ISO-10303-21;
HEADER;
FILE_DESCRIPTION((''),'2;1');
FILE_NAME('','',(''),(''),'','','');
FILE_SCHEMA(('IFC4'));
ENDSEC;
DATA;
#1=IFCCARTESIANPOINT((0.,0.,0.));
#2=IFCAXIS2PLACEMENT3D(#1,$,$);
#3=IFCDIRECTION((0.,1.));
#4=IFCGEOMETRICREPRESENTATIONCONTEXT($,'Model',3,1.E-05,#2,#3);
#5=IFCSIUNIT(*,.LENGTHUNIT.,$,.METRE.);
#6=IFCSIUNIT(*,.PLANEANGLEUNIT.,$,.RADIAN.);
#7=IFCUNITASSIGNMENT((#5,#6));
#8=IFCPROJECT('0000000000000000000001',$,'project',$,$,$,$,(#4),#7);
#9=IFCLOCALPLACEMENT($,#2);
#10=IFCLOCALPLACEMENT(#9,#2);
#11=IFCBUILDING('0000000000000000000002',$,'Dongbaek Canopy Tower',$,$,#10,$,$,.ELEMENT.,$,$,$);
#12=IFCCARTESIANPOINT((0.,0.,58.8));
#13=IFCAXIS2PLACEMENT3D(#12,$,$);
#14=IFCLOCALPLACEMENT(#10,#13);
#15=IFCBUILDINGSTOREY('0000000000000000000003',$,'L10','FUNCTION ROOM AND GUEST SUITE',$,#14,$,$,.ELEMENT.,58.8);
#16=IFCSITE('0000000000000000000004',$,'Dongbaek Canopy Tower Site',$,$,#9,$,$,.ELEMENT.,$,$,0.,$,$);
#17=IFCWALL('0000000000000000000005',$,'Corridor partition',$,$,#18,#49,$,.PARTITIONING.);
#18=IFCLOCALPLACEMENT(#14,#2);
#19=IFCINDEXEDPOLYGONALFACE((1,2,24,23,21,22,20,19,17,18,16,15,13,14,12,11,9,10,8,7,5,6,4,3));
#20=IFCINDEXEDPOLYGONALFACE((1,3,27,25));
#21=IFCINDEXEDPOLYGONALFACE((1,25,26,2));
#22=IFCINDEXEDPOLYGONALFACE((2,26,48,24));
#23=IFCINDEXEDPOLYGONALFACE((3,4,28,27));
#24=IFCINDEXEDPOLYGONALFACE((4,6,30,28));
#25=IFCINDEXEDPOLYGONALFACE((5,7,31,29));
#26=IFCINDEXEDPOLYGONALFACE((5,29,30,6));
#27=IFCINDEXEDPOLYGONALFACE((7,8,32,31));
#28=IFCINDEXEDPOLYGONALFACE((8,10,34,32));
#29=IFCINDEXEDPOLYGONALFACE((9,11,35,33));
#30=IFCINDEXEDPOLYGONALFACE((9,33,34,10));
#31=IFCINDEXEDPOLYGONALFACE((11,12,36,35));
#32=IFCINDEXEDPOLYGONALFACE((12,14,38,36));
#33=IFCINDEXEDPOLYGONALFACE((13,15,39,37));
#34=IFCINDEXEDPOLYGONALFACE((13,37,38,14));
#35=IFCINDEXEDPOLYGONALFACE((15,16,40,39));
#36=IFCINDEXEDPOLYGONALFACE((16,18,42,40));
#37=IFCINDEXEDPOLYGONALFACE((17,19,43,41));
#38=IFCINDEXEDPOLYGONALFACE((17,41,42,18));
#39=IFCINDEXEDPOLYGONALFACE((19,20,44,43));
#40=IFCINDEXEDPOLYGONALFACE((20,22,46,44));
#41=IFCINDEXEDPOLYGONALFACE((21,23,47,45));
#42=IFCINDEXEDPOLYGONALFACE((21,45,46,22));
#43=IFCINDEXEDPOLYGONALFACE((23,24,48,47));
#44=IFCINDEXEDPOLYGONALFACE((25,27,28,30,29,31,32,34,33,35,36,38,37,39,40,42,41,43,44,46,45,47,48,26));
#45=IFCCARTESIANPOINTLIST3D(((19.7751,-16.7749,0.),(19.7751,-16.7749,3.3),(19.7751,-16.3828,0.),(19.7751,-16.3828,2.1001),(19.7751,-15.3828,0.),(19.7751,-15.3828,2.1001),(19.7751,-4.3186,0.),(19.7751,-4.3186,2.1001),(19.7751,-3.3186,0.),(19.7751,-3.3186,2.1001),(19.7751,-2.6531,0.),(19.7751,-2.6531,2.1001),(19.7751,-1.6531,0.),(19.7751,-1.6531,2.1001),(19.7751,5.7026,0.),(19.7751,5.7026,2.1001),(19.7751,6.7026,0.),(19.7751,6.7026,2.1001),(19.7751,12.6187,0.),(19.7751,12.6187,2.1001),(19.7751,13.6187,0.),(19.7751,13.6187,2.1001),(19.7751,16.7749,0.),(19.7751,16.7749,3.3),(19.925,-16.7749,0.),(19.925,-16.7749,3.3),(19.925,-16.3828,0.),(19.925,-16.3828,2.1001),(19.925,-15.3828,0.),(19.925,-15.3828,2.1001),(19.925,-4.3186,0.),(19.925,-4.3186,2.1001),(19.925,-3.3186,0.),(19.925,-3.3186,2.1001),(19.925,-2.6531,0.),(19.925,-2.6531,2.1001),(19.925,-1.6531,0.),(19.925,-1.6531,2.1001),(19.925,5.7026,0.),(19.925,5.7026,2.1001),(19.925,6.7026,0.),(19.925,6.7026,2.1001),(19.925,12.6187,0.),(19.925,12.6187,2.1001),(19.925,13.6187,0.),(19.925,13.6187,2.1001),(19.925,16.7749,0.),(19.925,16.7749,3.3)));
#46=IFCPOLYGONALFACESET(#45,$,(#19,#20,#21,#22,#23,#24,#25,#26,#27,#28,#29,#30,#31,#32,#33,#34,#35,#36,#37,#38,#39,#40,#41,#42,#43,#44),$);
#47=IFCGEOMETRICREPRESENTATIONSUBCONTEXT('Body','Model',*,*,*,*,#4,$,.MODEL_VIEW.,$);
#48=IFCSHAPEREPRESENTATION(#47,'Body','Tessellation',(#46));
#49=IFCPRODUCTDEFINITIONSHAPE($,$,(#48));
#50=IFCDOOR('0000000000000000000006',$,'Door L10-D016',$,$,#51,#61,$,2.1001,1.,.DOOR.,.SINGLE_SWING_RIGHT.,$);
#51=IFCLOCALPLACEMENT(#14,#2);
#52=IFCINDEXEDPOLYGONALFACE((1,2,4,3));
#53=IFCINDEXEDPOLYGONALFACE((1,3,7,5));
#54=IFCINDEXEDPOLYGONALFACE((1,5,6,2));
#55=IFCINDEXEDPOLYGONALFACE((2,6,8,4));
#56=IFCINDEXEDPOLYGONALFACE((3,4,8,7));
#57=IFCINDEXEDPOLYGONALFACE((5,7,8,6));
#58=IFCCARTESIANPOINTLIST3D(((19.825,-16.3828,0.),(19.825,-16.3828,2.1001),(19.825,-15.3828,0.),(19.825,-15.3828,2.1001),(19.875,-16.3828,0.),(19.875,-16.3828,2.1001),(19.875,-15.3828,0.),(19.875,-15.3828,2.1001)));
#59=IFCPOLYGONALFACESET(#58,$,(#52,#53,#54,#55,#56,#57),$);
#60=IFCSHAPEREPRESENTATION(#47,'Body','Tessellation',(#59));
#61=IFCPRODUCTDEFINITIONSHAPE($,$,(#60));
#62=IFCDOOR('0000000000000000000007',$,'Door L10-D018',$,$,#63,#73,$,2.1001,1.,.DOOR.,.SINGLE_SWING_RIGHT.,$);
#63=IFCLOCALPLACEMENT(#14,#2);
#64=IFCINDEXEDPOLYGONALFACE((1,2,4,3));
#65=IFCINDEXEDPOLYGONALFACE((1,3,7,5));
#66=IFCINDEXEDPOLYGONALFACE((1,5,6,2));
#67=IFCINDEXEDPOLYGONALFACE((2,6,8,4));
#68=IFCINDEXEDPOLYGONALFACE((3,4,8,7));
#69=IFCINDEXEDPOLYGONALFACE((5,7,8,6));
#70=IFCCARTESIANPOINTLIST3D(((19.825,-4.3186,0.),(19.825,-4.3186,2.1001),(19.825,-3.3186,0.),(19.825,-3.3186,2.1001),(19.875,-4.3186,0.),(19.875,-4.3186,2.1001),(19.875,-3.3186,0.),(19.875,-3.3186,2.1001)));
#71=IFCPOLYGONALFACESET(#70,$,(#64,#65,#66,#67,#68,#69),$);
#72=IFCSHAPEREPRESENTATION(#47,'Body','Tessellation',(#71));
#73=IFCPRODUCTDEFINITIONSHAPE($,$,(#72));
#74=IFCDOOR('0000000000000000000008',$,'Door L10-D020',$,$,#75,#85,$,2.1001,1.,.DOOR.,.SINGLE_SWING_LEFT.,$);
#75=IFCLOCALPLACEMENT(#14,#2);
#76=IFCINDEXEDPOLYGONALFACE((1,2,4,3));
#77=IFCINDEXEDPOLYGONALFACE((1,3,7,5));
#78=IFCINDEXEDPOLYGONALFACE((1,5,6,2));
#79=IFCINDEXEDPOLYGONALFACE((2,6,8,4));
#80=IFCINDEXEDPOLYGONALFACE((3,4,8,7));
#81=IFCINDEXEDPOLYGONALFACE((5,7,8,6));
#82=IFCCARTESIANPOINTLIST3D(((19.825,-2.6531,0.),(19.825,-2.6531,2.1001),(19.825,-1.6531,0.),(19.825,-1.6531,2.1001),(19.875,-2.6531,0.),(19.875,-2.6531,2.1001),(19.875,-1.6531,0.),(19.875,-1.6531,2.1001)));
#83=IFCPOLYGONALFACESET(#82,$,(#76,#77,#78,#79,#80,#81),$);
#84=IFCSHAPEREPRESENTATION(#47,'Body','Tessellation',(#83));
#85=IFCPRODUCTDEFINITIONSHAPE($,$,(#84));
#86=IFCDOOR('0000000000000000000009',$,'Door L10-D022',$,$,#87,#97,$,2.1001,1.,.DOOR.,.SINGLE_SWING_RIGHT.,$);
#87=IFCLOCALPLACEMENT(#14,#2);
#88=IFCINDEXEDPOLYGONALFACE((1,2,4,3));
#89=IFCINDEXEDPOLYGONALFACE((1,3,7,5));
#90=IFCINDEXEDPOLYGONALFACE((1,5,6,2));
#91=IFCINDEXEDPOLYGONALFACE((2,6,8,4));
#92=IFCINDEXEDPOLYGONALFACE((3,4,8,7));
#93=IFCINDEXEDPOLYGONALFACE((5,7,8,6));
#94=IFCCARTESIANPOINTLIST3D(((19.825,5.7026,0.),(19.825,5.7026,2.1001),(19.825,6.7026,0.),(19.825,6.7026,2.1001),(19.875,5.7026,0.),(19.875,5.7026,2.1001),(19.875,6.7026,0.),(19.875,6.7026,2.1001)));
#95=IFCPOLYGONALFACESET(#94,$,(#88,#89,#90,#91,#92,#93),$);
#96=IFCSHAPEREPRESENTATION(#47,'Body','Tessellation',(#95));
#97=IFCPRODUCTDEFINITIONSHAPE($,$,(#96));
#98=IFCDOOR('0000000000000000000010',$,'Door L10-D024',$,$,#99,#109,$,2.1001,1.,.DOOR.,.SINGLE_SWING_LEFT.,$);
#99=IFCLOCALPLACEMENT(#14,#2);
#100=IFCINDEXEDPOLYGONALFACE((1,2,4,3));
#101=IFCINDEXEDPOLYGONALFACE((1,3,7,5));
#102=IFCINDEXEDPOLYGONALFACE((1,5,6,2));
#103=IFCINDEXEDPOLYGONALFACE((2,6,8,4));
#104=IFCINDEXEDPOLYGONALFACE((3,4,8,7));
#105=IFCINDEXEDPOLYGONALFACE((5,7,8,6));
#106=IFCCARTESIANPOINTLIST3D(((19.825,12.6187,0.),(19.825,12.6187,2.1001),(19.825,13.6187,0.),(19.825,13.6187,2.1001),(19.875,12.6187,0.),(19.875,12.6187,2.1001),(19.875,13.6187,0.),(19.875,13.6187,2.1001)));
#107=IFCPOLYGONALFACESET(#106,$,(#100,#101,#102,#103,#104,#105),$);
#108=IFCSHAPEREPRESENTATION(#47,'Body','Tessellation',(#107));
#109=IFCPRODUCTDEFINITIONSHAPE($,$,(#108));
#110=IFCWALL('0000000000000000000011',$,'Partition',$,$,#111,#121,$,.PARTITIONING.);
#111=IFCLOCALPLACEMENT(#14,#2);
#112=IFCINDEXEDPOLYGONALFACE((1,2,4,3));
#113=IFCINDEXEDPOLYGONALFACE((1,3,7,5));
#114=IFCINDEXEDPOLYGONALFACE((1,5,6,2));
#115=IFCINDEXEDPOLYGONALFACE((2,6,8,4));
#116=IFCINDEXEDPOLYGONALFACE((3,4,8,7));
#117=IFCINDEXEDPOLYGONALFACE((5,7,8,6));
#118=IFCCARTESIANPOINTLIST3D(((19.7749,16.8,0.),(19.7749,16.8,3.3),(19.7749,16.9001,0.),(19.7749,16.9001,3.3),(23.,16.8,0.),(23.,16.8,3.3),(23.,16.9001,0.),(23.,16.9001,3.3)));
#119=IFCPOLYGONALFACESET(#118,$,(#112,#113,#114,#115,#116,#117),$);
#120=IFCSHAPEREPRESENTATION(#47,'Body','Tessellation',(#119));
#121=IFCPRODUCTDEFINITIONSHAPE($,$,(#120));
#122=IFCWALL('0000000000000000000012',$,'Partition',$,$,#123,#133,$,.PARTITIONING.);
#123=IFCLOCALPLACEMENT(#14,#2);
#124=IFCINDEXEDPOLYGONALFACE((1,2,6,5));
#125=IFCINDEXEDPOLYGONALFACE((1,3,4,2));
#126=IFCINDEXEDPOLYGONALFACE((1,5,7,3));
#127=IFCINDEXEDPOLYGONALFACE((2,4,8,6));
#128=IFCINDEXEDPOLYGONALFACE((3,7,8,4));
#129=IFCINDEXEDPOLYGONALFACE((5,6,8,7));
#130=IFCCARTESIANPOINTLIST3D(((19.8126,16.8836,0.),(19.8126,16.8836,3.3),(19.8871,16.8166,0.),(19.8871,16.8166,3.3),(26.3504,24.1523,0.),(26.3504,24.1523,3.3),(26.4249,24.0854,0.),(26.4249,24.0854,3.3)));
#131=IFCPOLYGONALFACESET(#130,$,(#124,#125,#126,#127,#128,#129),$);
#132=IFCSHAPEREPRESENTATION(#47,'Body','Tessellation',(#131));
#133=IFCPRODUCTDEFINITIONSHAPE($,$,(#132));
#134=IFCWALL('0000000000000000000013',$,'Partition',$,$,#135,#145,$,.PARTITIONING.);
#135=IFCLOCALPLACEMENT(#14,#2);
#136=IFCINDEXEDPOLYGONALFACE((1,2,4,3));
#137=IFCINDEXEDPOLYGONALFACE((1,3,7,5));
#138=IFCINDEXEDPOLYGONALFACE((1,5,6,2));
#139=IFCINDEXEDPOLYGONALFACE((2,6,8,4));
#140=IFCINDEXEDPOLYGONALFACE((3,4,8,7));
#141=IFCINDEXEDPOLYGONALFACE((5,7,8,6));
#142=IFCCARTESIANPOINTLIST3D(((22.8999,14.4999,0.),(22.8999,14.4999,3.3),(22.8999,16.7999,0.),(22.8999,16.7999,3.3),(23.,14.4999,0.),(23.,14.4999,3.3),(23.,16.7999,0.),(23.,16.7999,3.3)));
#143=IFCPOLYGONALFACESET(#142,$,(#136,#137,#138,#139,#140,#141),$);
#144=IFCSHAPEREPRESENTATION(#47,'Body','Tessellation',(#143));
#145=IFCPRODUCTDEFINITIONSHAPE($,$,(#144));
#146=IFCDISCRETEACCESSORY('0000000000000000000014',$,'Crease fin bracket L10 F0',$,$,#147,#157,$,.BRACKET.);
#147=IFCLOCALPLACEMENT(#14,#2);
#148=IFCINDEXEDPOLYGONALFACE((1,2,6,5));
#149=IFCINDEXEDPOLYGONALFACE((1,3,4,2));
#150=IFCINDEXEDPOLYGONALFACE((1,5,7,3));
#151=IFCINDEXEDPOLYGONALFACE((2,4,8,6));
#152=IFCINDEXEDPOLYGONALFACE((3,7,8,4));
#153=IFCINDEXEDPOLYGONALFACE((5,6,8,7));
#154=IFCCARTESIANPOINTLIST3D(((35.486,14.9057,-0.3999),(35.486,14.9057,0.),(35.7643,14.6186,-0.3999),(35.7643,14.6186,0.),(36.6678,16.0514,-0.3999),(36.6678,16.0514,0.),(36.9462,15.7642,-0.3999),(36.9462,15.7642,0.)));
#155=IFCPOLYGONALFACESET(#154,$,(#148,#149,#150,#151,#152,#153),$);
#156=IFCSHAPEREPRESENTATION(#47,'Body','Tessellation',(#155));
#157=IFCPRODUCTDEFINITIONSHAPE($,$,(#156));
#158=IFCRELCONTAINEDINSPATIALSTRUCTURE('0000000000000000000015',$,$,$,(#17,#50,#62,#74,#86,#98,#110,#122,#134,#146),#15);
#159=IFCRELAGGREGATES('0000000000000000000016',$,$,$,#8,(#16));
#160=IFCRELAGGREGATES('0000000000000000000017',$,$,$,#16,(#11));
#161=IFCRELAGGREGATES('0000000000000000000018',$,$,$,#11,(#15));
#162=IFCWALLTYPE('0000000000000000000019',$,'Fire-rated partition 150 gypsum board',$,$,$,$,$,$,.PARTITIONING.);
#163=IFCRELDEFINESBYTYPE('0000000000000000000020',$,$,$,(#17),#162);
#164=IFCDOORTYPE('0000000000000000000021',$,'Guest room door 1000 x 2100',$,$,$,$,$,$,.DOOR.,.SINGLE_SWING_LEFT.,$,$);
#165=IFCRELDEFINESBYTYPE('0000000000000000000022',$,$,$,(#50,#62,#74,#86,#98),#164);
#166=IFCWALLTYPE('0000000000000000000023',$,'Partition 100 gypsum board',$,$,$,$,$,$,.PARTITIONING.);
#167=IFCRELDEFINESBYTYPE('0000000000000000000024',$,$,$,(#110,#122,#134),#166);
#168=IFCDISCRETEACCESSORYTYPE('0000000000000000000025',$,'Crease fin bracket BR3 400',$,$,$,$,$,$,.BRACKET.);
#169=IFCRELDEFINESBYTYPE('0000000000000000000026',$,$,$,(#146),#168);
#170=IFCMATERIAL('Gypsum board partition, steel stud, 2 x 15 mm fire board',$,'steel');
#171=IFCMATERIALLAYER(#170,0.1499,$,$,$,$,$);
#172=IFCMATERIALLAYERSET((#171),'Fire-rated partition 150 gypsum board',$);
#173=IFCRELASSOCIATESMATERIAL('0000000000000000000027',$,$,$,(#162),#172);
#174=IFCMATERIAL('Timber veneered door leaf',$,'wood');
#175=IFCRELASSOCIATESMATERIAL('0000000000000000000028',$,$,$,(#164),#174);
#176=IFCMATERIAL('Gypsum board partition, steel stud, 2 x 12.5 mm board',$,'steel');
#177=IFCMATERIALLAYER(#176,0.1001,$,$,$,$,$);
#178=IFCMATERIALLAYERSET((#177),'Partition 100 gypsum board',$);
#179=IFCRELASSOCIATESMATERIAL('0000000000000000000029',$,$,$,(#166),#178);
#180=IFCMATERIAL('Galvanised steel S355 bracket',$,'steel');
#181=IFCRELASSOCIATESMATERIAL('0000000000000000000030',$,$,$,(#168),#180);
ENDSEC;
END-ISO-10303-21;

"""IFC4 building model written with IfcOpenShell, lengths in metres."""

from ifc_helpers import new_model, si_unit, direction, frame, frame_2d, origin, origin_2d, place, context, subcontext, project, spatial, rectangle, extrude, material, layer, layer_set, type_object, element, fill, save


model = new_model("IFC4")

# Units and contexts
model_context = context("Model", 3, precision=1e-05, world=origin(), true_north=direction((0.0, 1.0)))
body_context = subcontext(model_context, "Body", "Model", "MODEL_VIEW")
ifc_project = project(units=[si_unit("LENGTHUNIT", "METRE"), si_unit("PLANEANGLEUNIT", "RADIAN")], contexts=[model_context])

# Site, building, storey
site_placement = place(None, origin())
site = spatial("IfcSite", under=ifc_project, at=site_placement, Name="Dongbaek Canopy Tower Site", CompositionType="ELEMENT", RefElevation=0.0)
building_placement = place(site_placement, origin())
building = spatial("IfcBuilding", under=site, at=building_placement, Name="Dongbaek Canopy Tower", CompositionType="ELEMENT")
storey_placement = place(building_placement, frame((0.0, 0.0, 58.8)))
storey = spatial("IfcBuildingStorey", under=building, at=storey_placement, Name="L10", Description="FUNCTION ROOM AND GUEST SUITE", CompositionType="ELEMENT", Elevation=58.8)

# Wall, openings, doors
ifc_material_1 = material(Name="Gypsum board partition, steel stud, 2 x 15 mm fire board", Category="steel")
ifc_layer_1 = layer(ifc_material_1, 0.1499)
ifc_layer_set_1 = layer_set([ifc_layer_1], Name="Fire-rated partition 150 gypsum board")
wall_type_1 = type_object("IfcWallType", Name="Fire-rated partition 150 gypsum board", PredefinedType="PARTITIONING", material=ifc_layer_set_1)
wall_1_placement = place(storey_placement, frame((19.8501, 16.7749, 0.0), z_axis=(0.0, 0.0, 1.0), x_axis=(0.0, -1.0, 0.0)))
wall_1 = element("IfcWall", 1, at=wall_1_placement, inside=storey, type_object=wall_type_1, Name="Corridor partition", PredefinedType="PARTITIONING", context=body_context, shape_type="SweptSolid", body=[
    extrude(rectangle(XDim=33.5498, YDim=0.1499, at=frame_2d((16.7749, 0.0))), origin(), (0.0, 0.0, 1.0), 3.3),
])
opening_1_placement = place(wall_1_placement, frame((32.1577, 0.0, 0.0)))
opening_1 = element("IfcOpeningElement", 2, at=opening_1_placement, cuts=wall_1, PredefinedType="OPENING", context=body_context, shape_type="SweptSolid", body=[
    extrude(rectangle(XDim=1.0, YDim=2.1001, at=frame_2d((0.5, 1.05))), frame((0.0, 0.085, 0.0), z_axis=(0.0, -1.0, 0.0), x_axis=(1.0, 0.0, 0.0)), (0.0, 0.0, 1.0), 0.1699),
])
opening_2_placement = place(wall_1_placement, frame((20.0935, 0.0, 0.0)))
opening_2 = element("IfcOpeningElement", 3, at=opening_2_placement, cuts=wall_1, PredefinedType="OPENING", context=body_context, shape_type="SweptSolid", body=[
    extrude(rectangle(XDim=1.0, YDim=2.1001, at=frame_2d((0.5, 1.05))), frame((0.0, 0.085, 0.0), z_axis=(0.0, -1.0, 0.0), x_axis=(1.0, 0.0, 0.0)), (0.0, 0.0, 1.0), 0.1699),
])
opening_3_placement = place(wall_1_placement, frame((18.428, 0.0, 0.0)))
opening_3 = element("IfcOpeningElement", 4, at=opening_3_placement, cuts=wall_1, PredefinedType="OPENING", context=body_context, shape_type="SweptSolid", body=[
    extrude(rectangle(XDim=1.0, YDim=2.1001, at=frame_2d((0.5, 1.05))), frame((0.0, 0.085, 0.0), z_axis=(0.0, -1.0, 0.0), x_axis=(1.0, 0.0, 0.0)), (0.0, 0.0, 1.0), 0.1699),
])
opening_4_placement = place(wall_1_placement, frame((10.0723, 0.0, 0.0)))
opening_4 = element("IfcOpeningElement", 5, at=opening_4_placement, cuts=wall_1, PredefinedType="OPENING", context=body_context, shape_type="SweptSolid", body=[
    extrude(rectangle(XDim=1.0, YDim=2.1001, at=frame_2d((0.5, 1.05))), frame((0.0, 0.085, 0.0), z_axis=(0.0, -1.0, 0.0), x_axis=(1.0, 0.0, 0.0)), (0.0, 0.0, 1.0), 0.1699),
])
opening_5_placement = place(wall_1_placement, frame((3.1562, 0.0, 0.0)))
opening_5 = element("IfcOpeningElement", 6, at=opening_5_placement, cuts=wall_1, PredefinedType="OPENING", context=body_context, shape_type="SweptSolid", body=[
    extrude(rectangle(XDim=1.0, YDim=2.1001, at=frame_2d((0.5, 1.05))), frame((0.0, 0.085, 0.0), z_axis=(0.0, -1.0, 0.0), x_axis=(1.0, 0.0, 0.0)), (0.0, 0.0, 1.0), 0.1699),
])
ifc_material_2 = material(Name="Timber veneered door leaf", Category="wood")
door_type_1 = type_object("IfcDoorType", Name="Guest room door 1000 x 2100", OperationType="SINGLE_SWING_LEFT", PredefinedType="DOOR", material=ifc_material_2)
door_1_placement = place(opening_1_placement, origin())
door_1 = element("IfcDoor", 7, at=door_1_placement, inside=storey, type_object=door_type_1, Name="Door L10-D016", OperationType="SINGLE_SWING_RIGHT", OverallHeight=2.1001, OverallWidth=1.0, PredefinedType="DOOR", context=body_context, shape_type="SweptSolid", body=[
    extrude(rectangle(XDim=1.0, YDim=2.1001, at=frame_2d((0.5, 1.05))), frame((0.0, 0.0249, 0.0), z_axis=(0.0, -1.0, 0.0), x_axis=(1.0, 0.0, 0.0)), (0.0, 0.0, 1.0), 0.05),
])
fill(opening_1, door_1)
door_2_placement = place(opening_2_placement, origin())
door_2 = element("IfcDoor", 8, at=door_2_placement, inside=storey, type_object=door_type_1, Name="Door L10-D018", OperationType="SINGLE_SWING_RIGHT", OverallHeight=2.1001, OverallWidth=1.0, PredefinedType="DOOR", context=body_context, shape_type="SweptSolid", body=[
    extrude(rectangle(XDim=1.0, YDim=2.1001, at=frame_2d((0.5, 1.05))), frame((0.0, 0.0249, 0.0), z_axis=(0.0, -1.0, 0.0), x_axis=(1.0, 0.0, 0.0)), (0.0, 0.0, 1.0), 0.05),
])
fill(opening_2, door_2)
door_3_placement = place(opening_3_placement, origin())
door_3 = element("IfcDoor", 9, at=door_3_placement, inside=storey, type_object=door_type_1, Name="Door L10-D020", OperationType="SINGLE_SWING_LEFT", OverallHeight=2.1001, OverallWidth=1.0, PredefinedType="DOOR", context=body_context, shape_type="SweptSolid", body=[
    extrude(rectangle(XDim=1.0, YDim=2.1001, at=frame_2d((0.5, 1.05))), frame((0.0, 0.0249, 0.0), z_axis=(0.0, -1.0, 0.0), x_axis=(1.0, 0.0, 0.0)), (0.0, 0.0, 1.0), 0.05),
])
fill(opening_3, door_3)
door_4_placement = place(opening_4_placement, origin())
door_4 = element("IfcDoor", 10, at=door_4_placement, inside=storey, type_object=door_type_1, Name="Door L10-D022", OperationType="SINGLE_SWING_RIGHT", OverallHeight=2.1001, OverallWidth=1.0, PredefinedType="DOOR", context=body_context, shape_type="SweptSolid", body=[
    extrude(rectangle(XDim=1.0, YDim=2.1001, at=frame_2d((0.5, 1.05))), frame((0.0, 0.0249, 0.0), z_axis=(0.0, -1.0, 0.0), x_axis=(1.0, 0.0, 0.0)), (0.0, 0.0, 1.0), 0.05),
])
fill(opening_4, door_4)
door_5_placement = place(opening_5_placement, origin())
door_5 = element("IfcDoor", 11, at=door_5_placement, inside=storey, type_object=door_type_1, Name="Door L10-D024", OperationType="SINGLE_SWING_LEFT", OverallHeight=2.1001, OverallWidth=1.0, PredefinedType="DOOR", context=body_context, shape_type="SweptSolid", body=[
    extrude(rectangle(XDim=1.0, YDim=2.1001, at=frame_2d((0.5, 1.05))), frame((0.0, 0.0249, 0.0), z_axis=(0.0, -1.0, 0.0), x_axis=(1.0, 0.0, 0.0)), (0.0, 0.0, 1.0), 0.05),
])
fill(opening_5, door_5)

# Walls
ifc_material_3 = material(Name="Gypsum board partition, steel stud, 2 x 12.5 mm board", Category="steel")
ifc_layer_2 = layer(ifc_material_3, 0.1001)
ifc_layer_set_2 = layer_set([ifc_layer_2], Name="Partition 100 gypsum board")
wall_type_2 = type_object("IfcWallType", Name="Partition 100 gypsum board", PredefinedType="PARTITIONING", material=ifc_layer_set_2)
wall_2_placement = place(storey_placement, frame((19.7749, 16.8501, 0.0), z_axis=(0.0, 0.0, 1.0), x_axis=(1.0, 0.0, 0.0)))
element("IfcWall", 12, at=wall_2_placement, inside=storey, type_object=wall_type_2, Name="Partition", PredefinedType="PARTITIONING", context=body_context, shape_type="SweptSolid", body=[
    extrude(rectangle(XDim=3.2251, YDim=0.1001, at=frame_2d((1.6125, 0.0))), origin(), (0.0, 0.0, 1.0), 3.3),
])
wall_3_placement = place(storey_placement, frame((19.8499, 16.8501, 0.0), z_axis=(0.0, 0.0, 1.0), x_axis=(0.668734, 0.743501, 0.0)))
element("IfcWall", 13, at=wall_3_placement, inside=storey, type_object=wall_type_2, Name="Partition", PredefinedType="PARTITIONING", context=body_context, shape_type="SweptSolid", body=[
    extrude(rectangle(XDim=9.7764, YDim=0.1001, at=frame_2d((4.8882, 0.0))), origin(), (0.0, 0.0, 1.0), 3.3),
])
wall_4_placement = place(storey_placement, frame((22.95, 14.5, 0.0), z_axis=(0.0, 0.0, 1.0), x_axis=(0.0, 1.0, 0.0)))
element("IfcWall", 14, at=wall_4_placement, inside=storey, type_object=wall_type_2, Name="Partition", PredefinedType="PARTITIONING", context=body_context, shape_type="SweptSolid", body=[
    extrude(rectangle(XDim=2.3, YDim=0.1001, at=frame_2d((1.1499, 0.0))), origin(), (0.0, 0.0, 1.0), 3.3),
])

# Discrete accessory
ifc_material_4 = material(Name="Galvanised steel S355 bracket", Category="steel")
discrete_accessory_type = type_object("IfcDiscreteAccessoryType", Name="Crease fin bracket BR3 400", PredefinedType="BRACKET", material=ifc_material_4)
discrete_accessory_placement = place(storey_placement, frame((36.2161, 15.335, -0.3999), z_axis=(0.0, 0.0, 1.0), x_axis=(0.718004, 0.696039, 0.0)))
element("IfcDiscreteAccessory", 15, at=discrete_accessory_placement, inside=storey, type_object=discrete_accessory_type, Name="Crease fin bracket L10 F0", PredefinedType="BRACKET", context=body_context, shape_type="SweptSolid", body=[
    extrude(rectangle(XDim=1.646, YDim=0.3999, at=origin_2d()), origin(), (0.0, 0.0, 1.0), 0.3999),
])

save(model, "model.ifc")
